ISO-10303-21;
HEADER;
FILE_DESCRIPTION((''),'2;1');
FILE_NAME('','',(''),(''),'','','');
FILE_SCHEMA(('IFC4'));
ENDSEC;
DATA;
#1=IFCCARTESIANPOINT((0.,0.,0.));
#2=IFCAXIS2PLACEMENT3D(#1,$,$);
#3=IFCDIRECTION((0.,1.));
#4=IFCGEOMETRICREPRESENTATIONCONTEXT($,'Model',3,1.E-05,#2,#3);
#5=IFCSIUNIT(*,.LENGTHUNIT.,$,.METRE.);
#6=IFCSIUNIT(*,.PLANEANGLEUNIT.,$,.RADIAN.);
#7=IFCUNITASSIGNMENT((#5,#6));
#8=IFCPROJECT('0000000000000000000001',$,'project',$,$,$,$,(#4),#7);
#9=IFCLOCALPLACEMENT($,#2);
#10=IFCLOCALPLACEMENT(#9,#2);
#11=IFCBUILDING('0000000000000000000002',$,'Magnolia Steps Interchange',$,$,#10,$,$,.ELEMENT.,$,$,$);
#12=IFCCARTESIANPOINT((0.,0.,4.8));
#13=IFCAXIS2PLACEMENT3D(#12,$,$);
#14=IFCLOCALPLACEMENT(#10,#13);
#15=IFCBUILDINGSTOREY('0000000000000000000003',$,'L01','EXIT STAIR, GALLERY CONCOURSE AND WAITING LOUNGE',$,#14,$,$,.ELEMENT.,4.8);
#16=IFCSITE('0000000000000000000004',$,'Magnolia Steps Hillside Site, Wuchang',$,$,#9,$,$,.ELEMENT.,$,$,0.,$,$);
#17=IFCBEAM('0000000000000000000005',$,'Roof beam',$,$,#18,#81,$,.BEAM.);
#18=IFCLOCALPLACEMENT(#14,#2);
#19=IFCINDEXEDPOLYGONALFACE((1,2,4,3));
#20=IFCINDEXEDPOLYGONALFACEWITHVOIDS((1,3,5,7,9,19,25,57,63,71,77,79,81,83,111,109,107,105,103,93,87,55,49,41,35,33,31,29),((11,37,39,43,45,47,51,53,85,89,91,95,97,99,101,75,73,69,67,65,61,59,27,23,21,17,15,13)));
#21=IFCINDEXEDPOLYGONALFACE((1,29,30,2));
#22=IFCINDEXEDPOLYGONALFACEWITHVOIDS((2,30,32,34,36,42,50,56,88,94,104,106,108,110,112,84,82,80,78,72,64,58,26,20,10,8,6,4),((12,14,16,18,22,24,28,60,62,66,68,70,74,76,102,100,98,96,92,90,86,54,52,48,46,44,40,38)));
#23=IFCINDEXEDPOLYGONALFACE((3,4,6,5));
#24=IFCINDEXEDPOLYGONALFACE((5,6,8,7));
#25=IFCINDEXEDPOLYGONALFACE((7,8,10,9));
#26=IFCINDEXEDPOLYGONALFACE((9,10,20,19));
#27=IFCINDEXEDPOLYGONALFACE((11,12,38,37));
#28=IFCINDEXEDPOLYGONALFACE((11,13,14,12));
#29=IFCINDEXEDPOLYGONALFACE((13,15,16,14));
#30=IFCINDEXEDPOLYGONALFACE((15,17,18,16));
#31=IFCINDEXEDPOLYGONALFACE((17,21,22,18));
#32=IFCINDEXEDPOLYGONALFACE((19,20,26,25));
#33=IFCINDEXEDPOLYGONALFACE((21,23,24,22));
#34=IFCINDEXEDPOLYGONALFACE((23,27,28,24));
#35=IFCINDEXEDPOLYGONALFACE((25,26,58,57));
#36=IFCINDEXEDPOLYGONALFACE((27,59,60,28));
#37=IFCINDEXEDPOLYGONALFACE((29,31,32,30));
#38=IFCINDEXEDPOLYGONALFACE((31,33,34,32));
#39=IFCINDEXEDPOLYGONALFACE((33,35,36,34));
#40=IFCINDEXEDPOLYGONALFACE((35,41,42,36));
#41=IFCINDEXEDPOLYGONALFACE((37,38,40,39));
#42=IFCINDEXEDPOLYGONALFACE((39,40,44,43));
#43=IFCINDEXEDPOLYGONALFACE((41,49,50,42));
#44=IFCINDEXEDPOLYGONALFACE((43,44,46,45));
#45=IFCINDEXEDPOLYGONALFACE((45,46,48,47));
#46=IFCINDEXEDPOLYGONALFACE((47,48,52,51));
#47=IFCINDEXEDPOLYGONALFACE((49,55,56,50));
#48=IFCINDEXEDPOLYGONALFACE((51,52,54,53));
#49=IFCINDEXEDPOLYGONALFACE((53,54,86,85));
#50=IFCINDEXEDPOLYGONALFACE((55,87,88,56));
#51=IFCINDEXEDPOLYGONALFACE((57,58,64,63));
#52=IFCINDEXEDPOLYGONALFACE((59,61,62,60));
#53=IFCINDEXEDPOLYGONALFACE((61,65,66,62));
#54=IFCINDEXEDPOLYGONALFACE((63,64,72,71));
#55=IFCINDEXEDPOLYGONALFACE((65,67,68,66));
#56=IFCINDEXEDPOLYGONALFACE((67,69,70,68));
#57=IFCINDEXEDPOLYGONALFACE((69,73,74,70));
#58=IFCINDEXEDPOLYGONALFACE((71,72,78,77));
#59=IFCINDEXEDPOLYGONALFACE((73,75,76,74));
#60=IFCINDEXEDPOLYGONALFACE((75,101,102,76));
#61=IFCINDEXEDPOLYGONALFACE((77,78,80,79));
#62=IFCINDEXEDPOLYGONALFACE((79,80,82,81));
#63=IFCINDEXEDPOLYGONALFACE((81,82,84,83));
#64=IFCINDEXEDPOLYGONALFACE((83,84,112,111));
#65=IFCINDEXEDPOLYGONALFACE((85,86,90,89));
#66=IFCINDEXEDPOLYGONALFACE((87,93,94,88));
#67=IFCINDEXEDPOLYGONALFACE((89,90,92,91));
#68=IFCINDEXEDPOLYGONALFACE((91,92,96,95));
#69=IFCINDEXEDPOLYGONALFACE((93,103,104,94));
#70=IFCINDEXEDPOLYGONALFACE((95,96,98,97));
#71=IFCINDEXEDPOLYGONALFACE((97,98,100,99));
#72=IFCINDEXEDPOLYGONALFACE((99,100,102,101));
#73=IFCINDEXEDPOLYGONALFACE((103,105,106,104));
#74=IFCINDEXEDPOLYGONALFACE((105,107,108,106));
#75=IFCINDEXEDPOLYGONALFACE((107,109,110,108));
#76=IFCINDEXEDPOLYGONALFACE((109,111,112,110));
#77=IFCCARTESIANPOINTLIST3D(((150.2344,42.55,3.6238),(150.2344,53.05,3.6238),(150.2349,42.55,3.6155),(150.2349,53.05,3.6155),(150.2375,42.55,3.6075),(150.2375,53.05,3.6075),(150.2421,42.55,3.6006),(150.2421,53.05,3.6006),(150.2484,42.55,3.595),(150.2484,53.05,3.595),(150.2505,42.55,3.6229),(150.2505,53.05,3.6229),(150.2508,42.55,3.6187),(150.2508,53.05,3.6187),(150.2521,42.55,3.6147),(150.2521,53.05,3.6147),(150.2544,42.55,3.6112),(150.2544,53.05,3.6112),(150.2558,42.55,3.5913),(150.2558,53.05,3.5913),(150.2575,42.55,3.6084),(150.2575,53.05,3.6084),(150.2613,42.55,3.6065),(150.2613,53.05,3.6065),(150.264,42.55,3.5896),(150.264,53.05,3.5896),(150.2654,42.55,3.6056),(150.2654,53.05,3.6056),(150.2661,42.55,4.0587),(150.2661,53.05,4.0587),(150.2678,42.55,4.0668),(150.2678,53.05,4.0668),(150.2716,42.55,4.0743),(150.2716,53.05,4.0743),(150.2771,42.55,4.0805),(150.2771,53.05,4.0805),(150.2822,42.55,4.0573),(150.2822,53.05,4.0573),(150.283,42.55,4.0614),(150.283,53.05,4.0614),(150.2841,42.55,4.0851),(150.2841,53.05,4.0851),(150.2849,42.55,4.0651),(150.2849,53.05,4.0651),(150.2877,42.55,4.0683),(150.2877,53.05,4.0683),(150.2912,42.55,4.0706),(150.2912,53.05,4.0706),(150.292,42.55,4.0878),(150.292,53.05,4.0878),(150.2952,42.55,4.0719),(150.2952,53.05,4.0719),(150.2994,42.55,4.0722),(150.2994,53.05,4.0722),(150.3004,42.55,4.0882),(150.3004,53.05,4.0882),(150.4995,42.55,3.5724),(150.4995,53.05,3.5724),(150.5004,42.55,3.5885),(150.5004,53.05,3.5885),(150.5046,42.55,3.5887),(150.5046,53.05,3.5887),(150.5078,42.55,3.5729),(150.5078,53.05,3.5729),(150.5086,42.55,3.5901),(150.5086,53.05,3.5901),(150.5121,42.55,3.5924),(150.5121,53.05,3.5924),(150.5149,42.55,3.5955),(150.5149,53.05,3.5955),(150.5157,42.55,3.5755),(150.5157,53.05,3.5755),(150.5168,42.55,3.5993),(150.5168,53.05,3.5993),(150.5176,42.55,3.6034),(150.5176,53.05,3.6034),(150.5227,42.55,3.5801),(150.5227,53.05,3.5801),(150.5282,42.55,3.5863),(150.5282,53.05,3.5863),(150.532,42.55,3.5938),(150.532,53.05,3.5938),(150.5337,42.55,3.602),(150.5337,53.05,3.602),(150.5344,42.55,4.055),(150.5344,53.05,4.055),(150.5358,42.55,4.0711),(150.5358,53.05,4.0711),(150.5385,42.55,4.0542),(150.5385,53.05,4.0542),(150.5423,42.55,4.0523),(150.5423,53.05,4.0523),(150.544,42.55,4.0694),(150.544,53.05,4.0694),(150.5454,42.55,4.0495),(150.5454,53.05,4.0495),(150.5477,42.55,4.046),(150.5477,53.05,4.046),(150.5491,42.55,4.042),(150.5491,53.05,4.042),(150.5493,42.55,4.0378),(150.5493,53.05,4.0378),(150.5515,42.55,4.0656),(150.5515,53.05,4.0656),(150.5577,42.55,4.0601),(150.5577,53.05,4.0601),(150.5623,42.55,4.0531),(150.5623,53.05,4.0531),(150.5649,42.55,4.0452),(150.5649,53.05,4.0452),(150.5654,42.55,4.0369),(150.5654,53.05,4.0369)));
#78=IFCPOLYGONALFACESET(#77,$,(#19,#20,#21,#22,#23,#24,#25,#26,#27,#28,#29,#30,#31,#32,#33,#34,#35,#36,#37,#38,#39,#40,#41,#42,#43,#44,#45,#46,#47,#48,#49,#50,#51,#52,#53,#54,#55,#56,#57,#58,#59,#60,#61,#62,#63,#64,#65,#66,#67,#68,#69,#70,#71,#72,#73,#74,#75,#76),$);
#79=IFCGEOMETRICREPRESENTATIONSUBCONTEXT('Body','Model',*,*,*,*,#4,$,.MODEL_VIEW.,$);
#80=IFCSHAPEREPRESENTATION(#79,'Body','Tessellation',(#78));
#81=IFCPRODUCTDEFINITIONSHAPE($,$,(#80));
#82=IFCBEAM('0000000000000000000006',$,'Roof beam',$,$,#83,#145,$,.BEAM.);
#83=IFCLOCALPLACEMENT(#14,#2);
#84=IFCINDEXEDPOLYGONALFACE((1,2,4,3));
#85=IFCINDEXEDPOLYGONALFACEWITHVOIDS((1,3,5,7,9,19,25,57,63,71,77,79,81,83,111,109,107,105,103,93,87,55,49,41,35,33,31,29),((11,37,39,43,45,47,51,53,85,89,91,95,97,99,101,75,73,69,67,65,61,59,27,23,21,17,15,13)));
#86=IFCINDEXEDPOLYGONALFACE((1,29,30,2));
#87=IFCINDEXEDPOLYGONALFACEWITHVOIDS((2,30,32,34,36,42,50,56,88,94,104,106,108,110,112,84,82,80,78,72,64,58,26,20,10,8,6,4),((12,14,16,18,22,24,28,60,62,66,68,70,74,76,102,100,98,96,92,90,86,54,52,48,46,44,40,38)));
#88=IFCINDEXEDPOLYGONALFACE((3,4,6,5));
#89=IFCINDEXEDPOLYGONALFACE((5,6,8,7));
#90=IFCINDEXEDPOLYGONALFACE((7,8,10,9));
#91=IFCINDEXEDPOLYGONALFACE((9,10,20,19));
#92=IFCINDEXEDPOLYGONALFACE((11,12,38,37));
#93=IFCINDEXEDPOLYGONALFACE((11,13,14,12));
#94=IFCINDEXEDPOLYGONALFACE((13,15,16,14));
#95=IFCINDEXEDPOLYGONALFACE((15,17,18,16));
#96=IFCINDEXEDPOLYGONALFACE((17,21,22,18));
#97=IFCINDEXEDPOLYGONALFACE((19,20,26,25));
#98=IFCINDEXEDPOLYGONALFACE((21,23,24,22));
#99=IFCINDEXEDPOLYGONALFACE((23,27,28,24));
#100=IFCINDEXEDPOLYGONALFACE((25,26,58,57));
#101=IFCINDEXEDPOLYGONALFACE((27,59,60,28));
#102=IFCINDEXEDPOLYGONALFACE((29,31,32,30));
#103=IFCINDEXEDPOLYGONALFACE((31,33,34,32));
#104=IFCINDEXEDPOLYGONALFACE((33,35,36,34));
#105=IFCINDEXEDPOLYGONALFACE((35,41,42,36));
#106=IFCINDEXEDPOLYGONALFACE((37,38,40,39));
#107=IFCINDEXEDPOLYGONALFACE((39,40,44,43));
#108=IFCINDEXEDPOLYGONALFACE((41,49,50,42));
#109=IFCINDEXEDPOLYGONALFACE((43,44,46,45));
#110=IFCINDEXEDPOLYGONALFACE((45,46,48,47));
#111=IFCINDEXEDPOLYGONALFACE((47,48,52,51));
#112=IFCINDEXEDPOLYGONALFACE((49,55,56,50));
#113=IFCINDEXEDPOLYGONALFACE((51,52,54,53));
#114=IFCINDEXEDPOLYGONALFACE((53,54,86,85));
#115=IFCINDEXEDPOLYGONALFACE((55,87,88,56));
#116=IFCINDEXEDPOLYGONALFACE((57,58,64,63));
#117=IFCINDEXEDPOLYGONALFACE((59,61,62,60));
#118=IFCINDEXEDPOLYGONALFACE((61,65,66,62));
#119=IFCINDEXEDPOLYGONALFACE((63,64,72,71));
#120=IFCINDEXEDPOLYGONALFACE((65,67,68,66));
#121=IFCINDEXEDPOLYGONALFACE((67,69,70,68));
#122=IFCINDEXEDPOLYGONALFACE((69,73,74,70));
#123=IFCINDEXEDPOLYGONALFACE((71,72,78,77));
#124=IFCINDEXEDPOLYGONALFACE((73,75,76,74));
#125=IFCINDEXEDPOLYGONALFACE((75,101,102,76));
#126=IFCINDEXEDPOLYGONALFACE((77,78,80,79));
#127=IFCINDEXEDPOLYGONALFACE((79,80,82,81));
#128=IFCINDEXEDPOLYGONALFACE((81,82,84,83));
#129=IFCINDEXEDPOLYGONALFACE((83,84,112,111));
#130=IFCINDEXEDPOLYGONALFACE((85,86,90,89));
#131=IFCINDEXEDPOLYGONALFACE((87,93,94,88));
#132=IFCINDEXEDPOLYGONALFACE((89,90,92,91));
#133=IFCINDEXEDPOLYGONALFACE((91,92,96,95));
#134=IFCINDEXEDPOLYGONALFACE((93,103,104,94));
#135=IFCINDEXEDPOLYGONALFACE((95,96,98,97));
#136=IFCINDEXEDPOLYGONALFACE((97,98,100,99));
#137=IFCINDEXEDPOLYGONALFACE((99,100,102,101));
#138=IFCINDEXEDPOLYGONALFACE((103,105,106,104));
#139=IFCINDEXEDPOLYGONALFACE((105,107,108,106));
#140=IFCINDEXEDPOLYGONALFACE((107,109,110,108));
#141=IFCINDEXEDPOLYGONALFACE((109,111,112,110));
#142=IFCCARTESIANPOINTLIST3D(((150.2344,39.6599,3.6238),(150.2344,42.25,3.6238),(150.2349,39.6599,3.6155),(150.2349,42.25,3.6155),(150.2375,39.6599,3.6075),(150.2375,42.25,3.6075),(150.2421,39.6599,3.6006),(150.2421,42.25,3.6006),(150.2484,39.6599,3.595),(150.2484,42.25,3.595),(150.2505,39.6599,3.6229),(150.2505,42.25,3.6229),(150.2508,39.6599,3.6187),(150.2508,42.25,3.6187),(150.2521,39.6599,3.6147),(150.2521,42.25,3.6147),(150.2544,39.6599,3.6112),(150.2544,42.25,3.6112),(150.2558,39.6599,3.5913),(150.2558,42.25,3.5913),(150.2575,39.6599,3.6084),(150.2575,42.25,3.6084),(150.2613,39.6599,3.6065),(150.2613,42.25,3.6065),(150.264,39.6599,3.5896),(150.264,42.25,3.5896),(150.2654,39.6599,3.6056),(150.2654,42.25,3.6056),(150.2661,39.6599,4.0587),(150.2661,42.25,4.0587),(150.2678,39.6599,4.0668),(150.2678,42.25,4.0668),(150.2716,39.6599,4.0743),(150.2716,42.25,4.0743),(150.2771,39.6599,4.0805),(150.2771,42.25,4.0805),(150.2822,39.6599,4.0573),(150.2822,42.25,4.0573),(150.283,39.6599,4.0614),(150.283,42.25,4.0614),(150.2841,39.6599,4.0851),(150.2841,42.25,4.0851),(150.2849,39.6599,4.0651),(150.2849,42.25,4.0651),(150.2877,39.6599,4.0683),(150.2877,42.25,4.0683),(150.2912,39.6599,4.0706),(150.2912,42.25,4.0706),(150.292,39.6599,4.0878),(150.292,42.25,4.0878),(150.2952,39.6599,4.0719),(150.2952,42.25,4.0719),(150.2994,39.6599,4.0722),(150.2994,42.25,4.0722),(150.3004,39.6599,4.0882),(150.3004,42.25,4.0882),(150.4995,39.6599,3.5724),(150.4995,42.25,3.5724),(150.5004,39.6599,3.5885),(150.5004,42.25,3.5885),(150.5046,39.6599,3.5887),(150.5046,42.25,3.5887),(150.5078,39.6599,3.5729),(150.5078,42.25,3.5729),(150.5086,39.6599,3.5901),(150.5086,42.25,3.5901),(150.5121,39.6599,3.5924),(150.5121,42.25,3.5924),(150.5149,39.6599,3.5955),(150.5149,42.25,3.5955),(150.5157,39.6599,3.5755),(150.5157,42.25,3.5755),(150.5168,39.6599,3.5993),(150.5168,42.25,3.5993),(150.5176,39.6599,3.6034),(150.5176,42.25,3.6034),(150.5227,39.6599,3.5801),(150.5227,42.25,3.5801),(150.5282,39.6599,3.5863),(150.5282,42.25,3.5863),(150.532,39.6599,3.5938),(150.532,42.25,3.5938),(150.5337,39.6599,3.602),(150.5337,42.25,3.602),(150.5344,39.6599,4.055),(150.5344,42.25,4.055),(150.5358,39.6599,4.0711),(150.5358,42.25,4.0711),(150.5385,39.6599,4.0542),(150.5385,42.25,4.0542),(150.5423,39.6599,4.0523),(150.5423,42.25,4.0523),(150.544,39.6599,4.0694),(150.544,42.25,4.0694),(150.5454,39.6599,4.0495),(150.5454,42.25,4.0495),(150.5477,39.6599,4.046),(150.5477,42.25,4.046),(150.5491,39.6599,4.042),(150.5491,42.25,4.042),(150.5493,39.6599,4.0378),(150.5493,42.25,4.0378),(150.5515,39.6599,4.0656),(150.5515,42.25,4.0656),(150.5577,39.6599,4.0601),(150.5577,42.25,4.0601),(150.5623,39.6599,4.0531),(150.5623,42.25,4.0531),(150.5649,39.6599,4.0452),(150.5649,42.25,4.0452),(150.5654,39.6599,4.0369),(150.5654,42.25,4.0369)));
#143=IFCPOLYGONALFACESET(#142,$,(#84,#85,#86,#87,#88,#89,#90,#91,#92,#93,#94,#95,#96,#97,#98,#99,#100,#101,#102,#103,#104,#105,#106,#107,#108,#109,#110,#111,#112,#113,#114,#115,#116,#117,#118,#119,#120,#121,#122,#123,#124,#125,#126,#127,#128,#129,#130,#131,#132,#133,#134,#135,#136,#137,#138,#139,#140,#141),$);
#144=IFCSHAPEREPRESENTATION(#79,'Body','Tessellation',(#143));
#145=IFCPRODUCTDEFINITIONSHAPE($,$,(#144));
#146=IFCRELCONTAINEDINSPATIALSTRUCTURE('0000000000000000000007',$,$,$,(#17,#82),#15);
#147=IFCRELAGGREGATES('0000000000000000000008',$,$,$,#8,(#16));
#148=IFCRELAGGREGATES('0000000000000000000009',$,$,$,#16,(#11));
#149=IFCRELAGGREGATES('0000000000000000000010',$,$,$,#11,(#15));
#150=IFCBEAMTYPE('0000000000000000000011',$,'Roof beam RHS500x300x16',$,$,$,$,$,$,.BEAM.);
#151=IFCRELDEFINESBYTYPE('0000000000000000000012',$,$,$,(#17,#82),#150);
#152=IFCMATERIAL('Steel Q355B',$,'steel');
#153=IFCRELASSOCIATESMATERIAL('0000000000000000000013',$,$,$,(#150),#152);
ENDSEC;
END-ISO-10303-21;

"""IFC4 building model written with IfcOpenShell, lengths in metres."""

from ifc_helpers import new_model, si_unit, direction, frame, origin, origin_2d, place, context, subcontext, project, spatial, hollow_rectangle, extrude, material, material_profile, profile_set, type_object, element, save


model = new_model("IFC4")

# Units and contexts
model_context = context("Model", 3, precision=1e-05, world=origin(), true_north=direction((0.0, 1.0)))
body_context = subcontext(model_context, "Body", "Model", "MODEL_VIEW")
ifc_project = project(units=[si_unit("LENGTHUNIT", "METRE"), si_unit("PLANEANGLEUNIT", "RADIAN")], contexts=[model_context])

# Site, building, storey
site_placement = place(None, origin())
site = spatial("IfcSite", under=ifc_project, at=site_placement, Name="Magnolia Steps Hillside Site, Wuchang", CompositionType="ELEMENT", RefElevation=0.0)
building_placement = place(site_placement, origin())
building = spatial("IfcBuilding", under=site, at=building_placement, Name="Magnolia Steps Interchange", CompositionType="ELEMENT")
storey_placement = place(building_placement, frame((0.0, 0.0, 4.8)))
storey = spatial("IfcBuildingStorey", under=building, at=storey_placement, Name="L01", Description="EXIT STAIR, GALLERY CONCOURSE AND WAITING LOUNGE", CompositionType="ELEMENT", Elevation=4.8)

# Beams
ifc_material_1 = material(Name="Steel Q355B", Category="steel")
ifc_material_profile_1 = material_profile(ifc_material_1, hollow_rectangle(XDim=0.3, YDim=0.5, WallThickness=0.0161, InnerFilletRadius=0.0161, OuterFilletRadius=0.032, at=origin_2d()), Name="RHS500x300x16")
ifc_profile_set_1 = profile_set([ifc_material_profile_1], Name="Steel Q355B")
beam_type_1 = type_object("IfcBeamType", Name="Roof beam RHS500x300x16", PredefinedType="BEAM", material=ifc_profile_set_1)
beam_1_placement = place(storey_placement, frame((150.3999, 42.55, 3.8303), z_axis=(0.0, 1.0, 0.0), x_axis=(-0.997352, 0.0, 0.072724)))
element("IfcBeam", 1, at=beam_1_placement, inside=storey, type_object=beam_type_1, Name="Roof beam", PredefinedType="BEAM", context=body_context, shape_type="SweptSolid", body=[
    extrude(hollow_rectangle(XDim=0.3, YDim=0.5, WallThickness=0.0161, InnerFilletRadius=0.0161, OuterFilletRadius=0.032, at=origin_2d()), origin(), (0.0, 0.0, 1.0), 10.5),
])
beam_2_placement = place(storey_placement, frame((150.3999, 42.25, 3.8303), z_axis=(0.0, -1.0, 0.0), x_axis=(0.997352, 0.0, -0.072724)))
element("IfcBeam", 2, at=beam_2_placement, inside=storey, type_object=beam_type_1, Name="Roof beam", PredefinedType="BEAM", context=body_context, shape_type="SweptSolid", body=[
    extrude(hollow_rectangle(XDim=0.3, YDim=0.5, WallThickness=0.0161, InnerFilletRadius=0.0161, OuterFilletRadius=0.032, at=origin_2d()), origin(), (0.0, 0.0, 1.0), 2.5901),
])

save(model, "model.ifc")
